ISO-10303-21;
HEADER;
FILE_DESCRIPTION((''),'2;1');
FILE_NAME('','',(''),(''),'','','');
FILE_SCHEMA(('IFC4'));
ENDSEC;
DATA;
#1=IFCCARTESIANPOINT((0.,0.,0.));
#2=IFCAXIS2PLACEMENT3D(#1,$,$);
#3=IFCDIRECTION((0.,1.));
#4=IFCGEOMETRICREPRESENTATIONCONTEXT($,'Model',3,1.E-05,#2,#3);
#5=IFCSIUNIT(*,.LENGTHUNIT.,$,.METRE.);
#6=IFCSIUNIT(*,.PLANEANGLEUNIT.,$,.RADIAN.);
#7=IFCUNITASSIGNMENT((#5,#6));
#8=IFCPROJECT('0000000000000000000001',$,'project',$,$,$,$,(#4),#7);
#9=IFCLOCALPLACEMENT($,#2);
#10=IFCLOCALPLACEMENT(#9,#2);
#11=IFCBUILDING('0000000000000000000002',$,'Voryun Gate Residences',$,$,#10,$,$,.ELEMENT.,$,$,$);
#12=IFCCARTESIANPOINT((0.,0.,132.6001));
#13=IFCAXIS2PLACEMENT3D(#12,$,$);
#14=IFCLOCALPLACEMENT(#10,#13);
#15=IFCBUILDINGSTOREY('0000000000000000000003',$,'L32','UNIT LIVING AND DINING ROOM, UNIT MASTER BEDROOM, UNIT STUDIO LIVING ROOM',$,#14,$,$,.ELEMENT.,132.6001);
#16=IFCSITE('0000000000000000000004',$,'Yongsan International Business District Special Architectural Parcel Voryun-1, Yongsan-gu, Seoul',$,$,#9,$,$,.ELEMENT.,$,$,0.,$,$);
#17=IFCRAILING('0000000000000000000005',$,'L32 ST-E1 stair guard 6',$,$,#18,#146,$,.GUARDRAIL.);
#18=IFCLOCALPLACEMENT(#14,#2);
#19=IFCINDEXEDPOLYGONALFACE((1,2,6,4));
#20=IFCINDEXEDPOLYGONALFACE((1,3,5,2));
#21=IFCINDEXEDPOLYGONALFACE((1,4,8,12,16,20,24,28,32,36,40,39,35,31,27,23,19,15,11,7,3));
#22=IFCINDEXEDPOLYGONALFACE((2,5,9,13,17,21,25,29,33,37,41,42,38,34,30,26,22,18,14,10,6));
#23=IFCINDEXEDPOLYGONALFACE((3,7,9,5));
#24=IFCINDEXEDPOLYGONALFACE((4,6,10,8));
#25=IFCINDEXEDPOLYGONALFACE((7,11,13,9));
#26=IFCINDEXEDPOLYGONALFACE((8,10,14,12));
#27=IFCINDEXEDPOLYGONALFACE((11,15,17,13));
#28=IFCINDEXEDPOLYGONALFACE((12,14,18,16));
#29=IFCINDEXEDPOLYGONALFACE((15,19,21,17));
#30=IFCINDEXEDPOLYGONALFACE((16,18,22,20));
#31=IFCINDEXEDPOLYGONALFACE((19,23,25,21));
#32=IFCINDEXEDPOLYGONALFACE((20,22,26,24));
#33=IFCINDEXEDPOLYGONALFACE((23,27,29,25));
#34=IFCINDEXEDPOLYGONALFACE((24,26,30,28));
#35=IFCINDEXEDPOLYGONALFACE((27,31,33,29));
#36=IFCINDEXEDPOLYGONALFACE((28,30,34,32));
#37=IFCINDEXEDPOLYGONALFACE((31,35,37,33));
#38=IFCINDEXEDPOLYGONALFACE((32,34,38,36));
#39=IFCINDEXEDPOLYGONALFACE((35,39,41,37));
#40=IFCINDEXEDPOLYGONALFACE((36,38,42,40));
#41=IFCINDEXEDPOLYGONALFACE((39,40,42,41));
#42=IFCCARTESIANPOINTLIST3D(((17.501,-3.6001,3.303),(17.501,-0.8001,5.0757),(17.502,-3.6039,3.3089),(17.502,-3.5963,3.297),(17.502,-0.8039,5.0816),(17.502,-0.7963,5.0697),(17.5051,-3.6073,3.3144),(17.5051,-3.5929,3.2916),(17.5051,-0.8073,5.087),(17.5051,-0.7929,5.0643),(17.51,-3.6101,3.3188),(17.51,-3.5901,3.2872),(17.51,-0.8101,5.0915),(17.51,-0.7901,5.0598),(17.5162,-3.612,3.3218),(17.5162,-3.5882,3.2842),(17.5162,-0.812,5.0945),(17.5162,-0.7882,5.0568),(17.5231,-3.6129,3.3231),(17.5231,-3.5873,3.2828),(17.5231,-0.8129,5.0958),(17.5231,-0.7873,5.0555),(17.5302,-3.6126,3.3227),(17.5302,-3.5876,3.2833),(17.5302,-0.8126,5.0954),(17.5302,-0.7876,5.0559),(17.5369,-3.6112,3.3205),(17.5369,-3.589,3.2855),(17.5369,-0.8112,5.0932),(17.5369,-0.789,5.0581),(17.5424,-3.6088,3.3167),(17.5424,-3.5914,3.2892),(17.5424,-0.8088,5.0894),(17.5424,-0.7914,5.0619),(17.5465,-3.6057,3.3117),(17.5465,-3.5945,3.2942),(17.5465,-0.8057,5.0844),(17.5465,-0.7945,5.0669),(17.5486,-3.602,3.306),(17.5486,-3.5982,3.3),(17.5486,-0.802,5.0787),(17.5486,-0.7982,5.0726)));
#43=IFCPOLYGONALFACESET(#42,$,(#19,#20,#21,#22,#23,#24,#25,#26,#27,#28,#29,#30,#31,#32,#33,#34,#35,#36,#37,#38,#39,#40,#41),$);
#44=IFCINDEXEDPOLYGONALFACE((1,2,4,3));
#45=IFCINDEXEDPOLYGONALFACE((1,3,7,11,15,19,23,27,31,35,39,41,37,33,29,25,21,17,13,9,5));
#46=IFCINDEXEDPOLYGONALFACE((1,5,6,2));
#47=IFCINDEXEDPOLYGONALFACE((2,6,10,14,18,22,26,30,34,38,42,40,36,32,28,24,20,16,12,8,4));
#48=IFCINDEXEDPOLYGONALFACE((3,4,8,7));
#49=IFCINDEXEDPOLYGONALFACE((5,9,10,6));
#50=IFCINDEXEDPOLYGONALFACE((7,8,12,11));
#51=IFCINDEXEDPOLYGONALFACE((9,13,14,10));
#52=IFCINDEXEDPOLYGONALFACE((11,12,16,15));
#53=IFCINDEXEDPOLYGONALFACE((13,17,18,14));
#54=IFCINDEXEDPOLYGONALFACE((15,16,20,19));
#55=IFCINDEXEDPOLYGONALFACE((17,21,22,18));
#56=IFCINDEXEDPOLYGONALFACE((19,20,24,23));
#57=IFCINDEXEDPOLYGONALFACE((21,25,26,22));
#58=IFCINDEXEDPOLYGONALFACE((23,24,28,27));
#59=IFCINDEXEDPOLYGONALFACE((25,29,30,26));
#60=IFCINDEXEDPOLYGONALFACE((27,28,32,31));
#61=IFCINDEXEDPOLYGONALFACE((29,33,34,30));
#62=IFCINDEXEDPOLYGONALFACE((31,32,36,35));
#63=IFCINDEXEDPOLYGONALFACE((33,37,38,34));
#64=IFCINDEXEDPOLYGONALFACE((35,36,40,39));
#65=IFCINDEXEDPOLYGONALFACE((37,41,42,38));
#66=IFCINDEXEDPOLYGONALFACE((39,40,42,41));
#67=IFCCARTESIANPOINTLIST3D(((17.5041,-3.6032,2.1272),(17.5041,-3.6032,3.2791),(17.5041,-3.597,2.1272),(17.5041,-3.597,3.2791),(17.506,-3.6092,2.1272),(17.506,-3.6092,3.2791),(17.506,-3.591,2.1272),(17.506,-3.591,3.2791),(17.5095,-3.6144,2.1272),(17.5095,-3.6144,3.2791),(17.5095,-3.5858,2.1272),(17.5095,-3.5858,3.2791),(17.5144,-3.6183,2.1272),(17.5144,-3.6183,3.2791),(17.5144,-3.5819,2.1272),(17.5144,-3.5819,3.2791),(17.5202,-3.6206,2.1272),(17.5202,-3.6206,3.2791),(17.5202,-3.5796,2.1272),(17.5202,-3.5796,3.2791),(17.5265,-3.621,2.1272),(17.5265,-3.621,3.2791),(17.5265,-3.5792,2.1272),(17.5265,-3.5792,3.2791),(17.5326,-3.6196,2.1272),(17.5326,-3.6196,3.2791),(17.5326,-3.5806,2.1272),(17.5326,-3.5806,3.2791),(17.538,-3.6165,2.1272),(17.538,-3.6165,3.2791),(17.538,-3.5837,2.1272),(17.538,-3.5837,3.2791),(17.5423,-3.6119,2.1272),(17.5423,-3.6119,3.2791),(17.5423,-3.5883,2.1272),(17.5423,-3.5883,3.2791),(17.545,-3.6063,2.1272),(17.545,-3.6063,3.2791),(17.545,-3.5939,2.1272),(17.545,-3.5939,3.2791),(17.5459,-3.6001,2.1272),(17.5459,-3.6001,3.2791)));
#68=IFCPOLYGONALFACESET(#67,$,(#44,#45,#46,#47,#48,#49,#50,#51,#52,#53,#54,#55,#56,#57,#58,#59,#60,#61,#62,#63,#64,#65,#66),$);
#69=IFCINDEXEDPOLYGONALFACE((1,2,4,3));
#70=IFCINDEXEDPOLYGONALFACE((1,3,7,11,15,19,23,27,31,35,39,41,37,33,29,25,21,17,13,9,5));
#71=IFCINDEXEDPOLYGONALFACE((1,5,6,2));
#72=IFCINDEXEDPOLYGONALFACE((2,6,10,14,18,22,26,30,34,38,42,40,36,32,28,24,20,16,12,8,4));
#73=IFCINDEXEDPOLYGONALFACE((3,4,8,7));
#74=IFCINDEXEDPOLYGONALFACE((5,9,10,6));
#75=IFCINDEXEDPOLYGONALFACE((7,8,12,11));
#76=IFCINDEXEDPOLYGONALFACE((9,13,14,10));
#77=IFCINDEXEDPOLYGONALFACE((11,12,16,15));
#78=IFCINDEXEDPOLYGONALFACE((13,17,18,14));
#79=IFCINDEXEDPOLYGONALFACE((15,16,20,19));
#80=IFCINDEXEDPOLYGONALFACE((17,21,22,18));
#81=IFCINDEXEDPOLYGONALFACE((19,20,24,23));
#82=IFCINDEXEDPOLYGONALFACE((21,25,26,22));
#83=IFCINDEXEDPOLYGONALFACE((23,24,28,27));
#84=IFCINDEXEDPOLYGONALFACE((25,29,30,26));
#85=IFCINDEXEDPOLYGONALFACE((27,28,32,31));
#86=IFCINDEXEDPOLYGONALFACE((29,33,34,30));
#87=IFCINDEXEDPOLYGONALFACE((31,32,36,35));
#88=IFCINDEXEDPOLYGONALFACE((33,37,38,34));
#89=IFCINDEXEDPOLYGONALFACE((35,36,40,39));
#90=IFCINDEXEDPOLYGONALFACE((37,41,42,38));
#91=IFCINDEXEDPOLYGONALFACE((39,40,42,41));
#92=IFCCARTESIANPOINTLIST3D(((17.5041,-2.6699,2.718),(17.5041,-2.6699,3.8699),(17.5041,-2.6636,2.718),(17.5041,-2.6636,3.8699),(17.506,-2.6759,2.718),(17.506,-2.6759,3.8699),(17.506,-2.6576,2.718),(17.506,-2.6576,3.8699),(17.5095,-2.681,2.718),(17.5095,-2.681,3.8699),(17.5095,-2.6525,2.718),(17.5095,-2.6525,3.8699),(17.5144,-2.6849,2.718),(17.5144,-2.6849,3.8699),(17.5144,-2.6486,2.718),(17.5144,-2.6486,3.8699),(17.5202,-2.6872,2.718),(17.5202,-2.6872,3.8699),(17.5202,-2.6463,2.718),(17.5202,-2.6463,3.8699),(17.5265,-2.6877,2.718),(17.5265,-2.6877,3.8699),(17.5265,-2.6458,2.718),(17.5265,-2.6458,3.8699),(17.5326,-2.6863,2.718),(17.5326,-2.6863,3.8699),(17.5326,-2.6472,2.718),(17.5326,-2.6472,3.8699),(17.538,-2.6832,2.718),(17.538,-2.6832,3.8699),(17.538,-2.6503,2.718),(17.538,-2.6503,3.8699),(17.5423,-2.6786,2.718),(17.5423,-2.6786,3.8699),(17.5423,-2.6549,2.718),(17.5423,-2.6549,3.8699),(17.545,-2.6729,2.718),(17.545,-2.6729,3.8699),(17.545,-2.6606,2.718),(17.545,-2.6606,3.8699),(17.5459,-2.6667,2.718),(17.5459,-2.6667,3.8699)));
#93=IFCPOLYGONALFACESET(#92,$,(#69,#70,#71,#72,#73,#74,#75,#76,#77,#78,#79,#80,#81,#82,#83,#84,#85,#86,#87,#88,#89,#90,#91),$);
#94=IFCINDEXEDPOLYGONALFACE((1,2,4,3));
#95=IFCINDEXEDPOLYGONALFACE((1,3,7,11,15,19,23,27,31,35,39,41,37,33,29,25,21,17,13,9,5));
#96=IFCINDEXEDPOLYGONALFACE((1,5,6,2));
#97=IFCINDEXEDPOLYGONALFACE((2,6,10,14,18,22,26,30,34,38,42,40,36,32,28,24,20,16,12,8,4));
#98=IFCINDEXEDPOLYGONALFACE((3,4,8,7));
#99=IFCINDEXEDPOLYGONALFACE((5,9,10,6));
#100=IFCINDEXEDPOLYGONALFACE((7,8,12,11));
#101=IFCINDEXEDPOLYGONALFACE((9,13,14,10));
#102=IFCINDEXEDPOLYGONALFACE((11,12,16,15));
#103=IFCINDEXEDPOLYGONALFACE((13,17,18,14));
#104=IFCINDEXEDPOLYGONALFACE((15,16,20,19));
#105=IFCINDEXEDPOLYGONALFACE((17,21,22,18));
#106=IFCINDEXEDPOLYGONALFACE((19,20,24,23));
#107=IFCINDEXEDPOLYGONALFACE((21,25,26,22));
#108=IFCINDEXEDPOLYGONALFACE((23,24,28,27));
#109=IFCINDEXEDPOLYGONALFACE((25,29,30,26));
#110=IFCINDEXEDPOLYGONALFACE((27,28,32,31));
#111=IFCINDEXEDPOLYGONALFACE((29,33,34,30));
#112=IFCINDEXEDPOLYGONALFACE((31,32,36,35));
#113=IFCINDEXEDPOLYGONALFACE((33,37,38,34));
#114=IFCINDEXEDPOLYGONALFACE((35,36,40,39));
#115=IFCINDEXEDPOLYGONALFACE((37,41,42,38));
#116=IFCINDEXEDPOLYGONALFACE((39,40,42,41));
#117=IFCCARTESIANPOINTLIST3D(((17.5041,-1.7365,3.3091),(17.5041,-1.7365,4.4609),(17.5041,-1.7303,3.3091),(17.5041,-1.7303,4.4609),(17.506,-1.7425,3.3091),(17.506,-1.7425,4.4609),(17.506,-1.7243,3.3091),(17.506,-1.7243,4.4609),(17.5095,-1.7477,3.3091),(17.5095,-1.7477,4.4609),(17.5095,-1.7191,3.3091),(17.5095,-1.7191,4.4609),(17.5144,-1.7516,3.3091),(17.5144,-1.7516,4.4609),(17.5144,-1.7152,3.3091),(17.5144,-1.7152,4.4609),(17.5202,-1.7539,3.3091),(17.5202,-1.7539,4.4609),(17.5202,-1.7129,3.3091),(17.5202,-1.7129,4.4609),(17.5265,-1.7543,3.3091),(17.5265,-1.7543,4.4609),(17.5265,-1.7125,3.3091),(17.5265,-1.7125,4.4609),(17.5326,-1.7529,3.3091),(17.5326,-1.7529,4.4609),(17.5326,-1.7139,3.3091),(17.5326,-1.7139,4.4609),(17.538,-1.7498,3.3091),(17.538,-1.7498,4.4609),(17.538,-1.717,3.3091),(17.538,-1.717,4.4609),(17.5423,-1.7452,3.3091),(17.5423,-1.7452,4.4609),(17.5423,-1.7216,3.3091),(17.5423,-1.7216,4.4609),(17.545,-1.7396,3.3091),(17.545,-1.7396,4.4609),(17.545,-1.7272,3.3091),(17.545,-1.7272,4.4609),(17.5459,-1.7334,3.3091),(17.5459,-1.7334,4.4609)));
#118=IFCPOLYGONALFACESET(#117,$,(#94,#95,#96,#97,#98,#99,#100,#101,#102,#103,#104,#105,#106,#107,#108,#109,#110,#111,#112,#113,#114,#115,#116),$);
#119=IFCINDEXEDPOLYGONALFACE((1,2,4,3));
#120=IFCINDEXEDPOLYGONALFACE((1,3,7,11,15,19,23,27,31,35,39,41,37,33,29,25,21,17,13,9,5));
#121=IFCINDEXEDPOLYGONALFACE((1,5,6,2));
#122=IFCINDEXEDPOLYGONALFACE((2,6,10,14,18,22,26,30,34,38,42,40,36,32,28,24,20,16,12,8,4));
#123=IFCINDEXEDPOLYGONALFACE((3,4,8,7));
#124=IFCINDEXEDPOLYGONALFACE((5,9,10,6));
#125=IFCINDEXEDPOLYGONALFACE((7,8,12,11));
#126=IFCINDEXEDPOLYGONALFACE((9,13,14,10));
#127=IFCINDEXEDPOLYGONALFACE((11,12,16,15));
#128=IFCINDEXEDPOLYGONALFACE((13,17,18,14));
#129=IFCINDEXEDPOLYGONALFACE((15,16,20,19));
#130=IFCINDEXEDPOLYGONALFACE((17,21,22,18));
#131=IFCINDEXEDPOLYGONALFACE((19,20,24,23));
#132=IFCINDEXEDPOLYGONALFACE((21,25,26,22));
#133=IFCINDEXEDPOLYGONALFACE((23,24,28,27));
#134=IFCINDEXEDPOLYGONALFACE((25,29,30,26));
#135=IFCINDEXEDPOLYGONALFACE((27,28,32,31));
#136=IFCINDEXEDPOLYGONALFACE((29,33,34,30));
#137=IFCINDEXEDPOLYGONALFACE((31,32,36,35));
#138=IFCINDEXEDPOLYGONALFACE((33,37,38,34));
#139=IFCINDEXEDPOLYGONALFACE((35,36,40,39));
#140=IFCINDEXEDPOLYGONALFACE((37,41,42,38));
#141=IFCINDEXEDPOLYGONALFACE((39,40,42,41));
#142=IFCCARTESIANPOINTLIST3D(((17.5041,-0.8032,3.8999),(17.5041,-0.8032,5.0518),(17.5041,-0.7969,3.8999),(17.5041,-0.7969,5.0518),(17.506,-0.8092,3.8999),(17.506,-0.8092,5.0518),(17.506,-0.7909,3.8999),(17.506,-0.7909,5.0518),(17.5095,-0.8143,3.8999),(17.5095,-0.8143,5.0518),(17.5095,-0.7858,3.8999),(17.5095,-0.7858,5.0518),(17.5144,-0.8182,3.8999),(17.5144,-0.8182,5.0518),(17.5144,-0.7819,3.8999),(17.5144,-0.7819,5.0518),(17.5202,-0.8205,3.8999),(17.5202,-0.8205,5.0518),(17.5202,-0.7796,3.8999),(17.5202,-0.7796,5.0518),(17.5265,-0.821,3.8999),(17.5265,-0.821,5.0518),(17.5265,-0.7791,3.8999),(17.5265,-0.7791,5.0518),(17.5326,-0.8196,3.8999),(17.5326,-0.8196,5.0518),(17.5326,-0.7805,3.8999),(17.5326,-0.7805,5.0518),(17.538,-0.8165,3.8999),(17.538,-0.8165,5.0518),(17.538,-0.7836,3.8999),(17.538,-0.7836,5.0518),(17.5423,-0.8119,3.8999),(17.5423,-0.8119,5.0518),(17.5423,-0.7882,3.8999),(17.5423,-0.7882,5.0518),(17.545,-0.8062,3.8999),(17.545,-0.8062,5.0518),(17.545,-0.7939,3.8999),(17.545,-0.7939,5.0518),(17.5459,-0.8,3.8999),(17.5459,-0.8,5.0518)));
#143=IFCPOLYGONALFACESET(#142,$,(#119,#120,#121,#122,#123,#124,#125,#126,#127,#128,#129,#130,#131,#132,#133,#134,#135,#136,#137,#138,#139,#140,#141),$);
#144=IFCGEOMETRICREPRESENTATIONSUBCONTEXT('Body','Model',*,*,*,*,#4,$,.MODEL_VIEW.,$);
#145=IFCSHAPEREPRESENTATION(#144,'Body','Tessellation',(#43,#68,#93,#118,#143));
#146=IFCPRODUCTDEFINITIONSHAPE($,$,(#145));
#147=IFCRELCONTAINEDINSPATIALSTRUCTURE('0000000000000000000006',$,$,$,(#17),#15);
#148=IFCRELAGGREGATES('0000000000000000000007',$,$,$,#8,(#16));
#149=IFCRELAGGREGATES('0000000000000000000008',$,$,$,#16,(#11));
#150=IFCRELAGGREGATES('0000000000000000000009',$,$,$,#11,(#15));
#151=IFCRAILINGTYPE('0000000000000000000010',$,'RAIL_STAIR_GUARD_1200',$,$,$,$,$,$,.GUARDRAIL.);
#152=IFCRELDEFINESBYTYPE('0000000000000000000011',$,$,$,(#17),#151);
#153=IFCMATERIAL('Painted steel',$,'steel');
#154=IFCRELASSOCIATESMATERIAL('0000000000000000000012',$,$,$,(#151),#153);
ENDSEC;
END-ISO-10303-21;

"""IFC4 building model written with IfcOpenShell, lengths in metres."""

from ifc_helpers import new_model, si_unit, direction, frame, origin, origin_2d, place, context, subcontext, project, spatial, circle, extrude, material, type_object, element, save


model = new_model("IFC4")

# Units and contexts
model_context = context("Model", 3, precision=1e-05, world=origin(), true_north=direction((0.0, 1.0)))
body_context = subcontext(model_context, "Body", "Model", "MODEL_VIEW")
ifc_project = project(units=[si_unit("LENGTHUNIT", "METRE"), si_unit("PLANEANGLEUNIT", "RADIAN")], contexts=[model_context])

# Site, building, storey
site_placement = place(None, origin())
site = spatial("IfcSite", under=ifc_project, at=site_placement, Name="Yongsan International Business District Special Architectural Parcel Voryun-1, Yongsan-gu, Seoul", CompositionType="ELEMENT", RefElevation=0.0)
building_placement = place(site_placement, origin())
building = spatial("IfcBuilding", under=site, at=building_placement, Name="Voryun Gate Residences", CompositionType="ELEMENT")
storey_placement = place(building_placement, frame((0.0, 0.0, 132.6001)))
storey = spatial("IfcBuildingStorey", under=building, at=storey_placement, Name="L32", Description="UNIT LIVING AND DINING ROOM, UNIT MASTER BEDROOM, UNIT STUDIO LIVING ROOM", CompositionType="ELEMENT", Elevation=132.6001)

# Railing
ifc_material_1 = material(Name="Painted steel", Category="steel")
railing_type_1 = type_object("IfcRailingType", Name="RAIL_STAIR_GUARD_1200", PredefinedType="GUARDRAIL", material=ifc_material_1)
railing_1_placement = place(storey_placement, frame((17.5249, -3.6001, 2.1272)))
element("IfcRailing", 1, at=railing_1_placement, inside=storey, type_object=railing_type_1, Name="L32 ST-E1 stair guard 6", PredefinedType="GUARDRAIL", context=body_context, shape_type="SweptSolid", body=[
    extrude(circle(Radius=0.0239, at=origin_2d()), frame((0.0, 0.0, 1.1758), z_axis=(0.0, 0.844909, 0.53491), x_axis=(-1.0, 0.0, 0.0)), (0.0, 0.0, 1.0), 3.314),
    extrude(circle(Radius=0.021, at=origin_2d()), origin(), (0.0, 0.0, 1.0), 1.1519),
    extrude(circle(Radius=0.021, at=origin_2d()), frame((0.0, 0.9333, 0.5908)), (0.0, 0.0, 1.0), 1.1519),
    extrude(circle(Radius=0.021, at=origin_2d()), frame((0.0, 1.8667, 1.1819)), (0.0, 0.0, 1.0), 1.1519),
    extrude(circle(Radius=0.021, at=origin_2d()), frame((0.0, 2.8, 1.7727)), (0.0, 0.0, 1.0), 1.1519),
])

save(model, "model.ifc")
